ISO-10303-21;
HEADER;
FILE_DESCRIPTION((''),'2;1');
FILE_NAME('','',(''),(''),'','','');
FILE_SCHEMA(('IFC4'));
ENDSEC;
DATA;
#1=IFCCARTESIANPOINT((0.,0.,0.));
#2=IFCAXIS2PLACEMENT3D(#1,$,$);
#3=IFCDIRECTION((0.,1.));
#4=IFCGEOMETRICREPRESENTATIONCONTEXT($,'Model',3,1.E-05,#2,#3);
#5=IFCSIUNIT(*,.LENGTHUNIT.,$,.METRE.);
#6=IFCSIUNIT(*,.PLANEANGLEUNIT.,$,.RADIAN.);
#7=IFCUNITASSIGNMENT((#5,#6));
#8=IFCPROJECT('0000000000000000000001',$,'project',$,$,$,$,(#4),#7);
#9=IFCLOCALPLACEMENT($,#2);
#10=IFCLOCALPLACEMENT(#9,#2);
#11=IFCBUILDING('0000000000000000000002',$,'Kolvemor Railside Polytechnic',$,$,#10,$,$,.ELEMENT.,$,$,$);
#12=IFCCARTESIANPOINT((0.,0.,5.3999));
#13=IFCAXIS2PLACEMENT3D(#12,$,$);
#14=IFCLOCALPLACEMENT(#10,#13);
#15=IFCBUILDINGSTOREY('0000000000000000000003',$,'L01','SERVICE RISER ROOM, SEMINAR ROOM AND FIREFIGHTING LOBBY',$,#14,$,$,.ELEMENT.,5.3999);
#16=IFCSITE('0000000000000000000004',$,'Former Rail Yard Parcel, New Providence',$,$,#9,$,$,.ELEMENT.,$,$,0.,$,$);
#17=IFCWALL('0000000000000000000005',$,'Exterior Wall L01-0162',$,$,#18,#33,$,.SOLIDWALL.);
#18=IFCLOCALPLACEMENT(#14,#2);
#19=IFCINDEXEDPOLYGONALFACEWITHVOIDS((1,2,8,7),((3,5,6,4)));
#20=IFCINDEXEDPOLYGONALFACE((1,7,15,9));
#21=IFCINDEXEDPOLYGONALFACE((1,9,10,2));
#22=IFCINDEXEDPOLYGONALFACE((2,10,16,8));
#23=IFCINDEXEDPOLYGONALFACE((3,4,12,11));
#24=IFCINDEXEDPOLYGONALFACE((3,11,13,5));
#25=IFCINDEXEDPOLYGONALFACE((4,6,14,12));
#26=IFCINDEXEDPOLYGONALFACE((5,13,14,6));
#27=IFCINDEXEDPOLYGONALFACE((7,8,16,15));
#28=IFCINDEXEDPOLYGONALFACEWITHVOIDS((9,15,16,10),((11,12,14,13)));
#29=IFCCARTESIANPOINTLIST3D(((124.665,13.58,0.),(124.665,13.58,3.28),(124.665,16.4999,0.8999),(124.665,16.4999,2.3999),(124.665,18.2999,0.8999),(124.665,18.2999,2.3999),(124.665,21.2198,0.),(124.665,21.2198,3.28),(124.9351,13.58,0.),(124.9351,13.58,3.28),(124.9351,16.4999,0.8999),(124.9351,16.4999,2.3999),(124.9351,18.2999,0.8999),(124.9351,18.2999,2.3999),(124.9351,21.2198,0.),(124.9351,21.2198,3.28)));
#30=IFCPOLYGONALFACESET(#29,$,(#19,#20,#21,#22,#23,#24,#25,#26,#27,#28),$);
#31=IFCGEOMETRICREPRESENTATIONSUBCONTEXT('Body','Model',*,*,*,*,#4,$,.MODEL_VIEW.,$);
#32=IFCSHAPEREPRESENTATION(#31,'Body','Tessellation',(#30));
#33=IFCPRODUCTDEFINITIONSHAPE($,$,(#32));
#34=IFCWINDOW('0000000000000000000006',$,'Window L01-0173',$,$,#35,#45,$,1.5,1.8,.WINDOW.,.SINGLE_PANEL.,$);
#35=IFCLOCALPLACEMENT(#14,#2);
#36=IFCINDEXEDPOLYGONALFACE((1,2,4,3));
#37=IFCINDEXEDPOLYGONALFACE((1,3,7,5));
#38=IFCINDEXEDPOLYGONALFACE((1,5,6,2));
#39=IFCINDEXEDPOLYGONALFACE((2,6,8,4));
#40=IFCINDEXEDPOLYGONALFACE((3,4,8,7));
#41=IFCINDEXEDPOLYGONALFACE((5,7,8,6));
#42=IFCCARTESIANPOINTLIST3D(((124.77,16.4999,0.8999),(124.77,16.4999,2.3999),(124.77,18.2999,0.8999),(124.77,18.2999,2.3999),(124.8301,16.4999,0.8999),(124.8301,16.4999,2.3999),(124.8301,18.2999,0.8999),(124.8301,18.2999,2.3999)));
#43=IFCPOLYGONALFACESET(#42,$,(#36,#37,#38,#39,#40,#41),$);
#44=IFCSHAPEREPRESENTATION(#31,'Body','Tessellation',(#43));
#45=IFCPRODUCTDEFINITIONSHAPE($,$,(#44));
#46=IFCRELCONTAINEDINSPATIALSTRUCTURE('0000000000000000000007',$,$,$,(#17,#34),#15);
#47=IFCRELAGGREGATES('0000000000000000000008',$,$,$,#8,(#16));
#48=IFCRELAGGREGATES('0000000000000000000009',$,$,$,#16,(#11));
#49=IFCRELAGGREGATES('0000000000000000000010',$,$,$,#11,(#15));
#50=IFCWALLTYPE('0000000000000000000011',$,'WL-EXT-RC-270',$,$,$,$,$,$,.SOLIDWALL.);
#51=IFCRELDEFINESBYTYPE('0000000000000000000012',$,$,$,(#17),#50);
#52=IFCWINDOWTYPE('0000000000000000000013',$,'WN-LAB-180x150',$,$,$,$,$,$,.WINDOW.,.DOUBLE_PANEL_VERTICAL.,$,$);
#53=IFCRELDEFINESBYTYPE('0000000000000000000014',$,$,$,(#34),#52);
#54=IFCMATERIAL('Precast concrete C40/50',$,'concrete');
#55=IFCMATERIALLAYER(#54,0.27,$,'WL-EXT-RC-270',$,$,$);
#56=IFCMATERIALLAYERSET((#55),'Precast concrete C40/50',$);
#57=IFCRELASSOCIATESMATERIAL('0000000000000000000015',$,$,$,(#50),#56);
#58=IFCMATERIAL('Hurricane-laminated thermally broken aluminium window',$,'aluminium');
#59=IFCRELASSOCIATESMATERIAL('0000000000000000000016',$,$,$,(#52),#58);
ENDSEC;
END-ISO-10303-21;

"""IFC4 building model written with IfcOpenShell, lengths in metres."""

from ifc_helpers import new_model, si_unit, direction, frame, frame_2d, origin, place, context, subcontext, project, spatial, rectangle, extrude, material, layer, layer_set, type_object, element, fill, save


model = new_model("IFC4")

# Units and contexts
model_context = context("Model", 3, precision=1e-05, world=origin(), true_north=direction((0.0, 1.0)))
body_context = subcontext(model_context, "Body", "Model", "MODEL_VIEW")
ifc_project = project(units=[si_unit("LENGTHUNIT", "METRE"), si_unit("PLANEANGLEUNIT", "RADIAN")], contexts=[model_context])

# Site, building, storey
site_placement = place(None, origin())
site = spatial("IfcSite", under=ifc_project, at=site_placement, Name="Former Rail Yard Parcel, New Providence", CompositionType="ELEMENT", RefElevation=0.0)
building_placement = place(site_placement, origin())
building = spatial("IfcBuilding", under=site, at=building_placement, Name="Kolvemor Railside Polytechnic", CompositionType="ELEMENT")
storey_placement = place(building_placement, frame((0.0, 0.0, 5.3999)))
storey = spatial("IfcBuildingStorey", under=building, at=storey_placement, Name="L01", Description="SERVICE RISER ROOM, SEMINAR ROOM AND FIREFIGHTING LOBBY", CompositionType="ELEMENT", Elevation=5.3999)

# Shared definitions
ifc_material_1 = material(Name="Precast concrete C40/50", Category="concrete")
ifc_layer_1 = layer(ifc_material_1, 0.27, Name="WL-EXT-RC-270")
ifc_layer_set_1 = layer_set([ifc_layer_1], Name="Precast concrete C40/50")
wall_type = type_object("IfcWallType", Name="WL-EXT-RC-270", PredefinedType="SOLIDWALL", material=ifc_layer_set_1)

# Wall, opening, window
wall_1_placement = place(storey_placement, frame((124.8, 13.5801, 0.0), z_axis=(0.0, 0.0, 1.0), x_axis=(0.0, 1.0, 0.0)))
wall_1 = element("IfcWall", 1, at=wall_1_placement, inside=storey, type_object=wall_type, Name="Exterior Wall L01-0162", PredefinedType="SOLIDWALL", context=body_context, shape_type="SweptSolid", body=[
    extrude(rectangle(XDim=7.6399, YDim=0.27, at=frame_2d((3.8198, 0.0))), origin(), (0.0, 0.0, 1.0), 3.28),
])
opening_1_placement = place(wall_1_placement, frame((2.9199, 0.0, 0.8999)))
opening_1 = element("IfcOpeningElement", 2, at=opening_1_placement, cuts=wall_1, PredefinedType="OPENING", context=body_context, shape_type="SweptSolid", body=[
    extrude(rectangle(XDim=1.8, YDim=1.5, at=frame_2d((0.8999, 0.75))), frame((0.0, 0.145, 0.0), z_axis=(0.0, -1.0, 0.0), x_axis=(1.0, 0.0, 0.0)), (0.0, 0.0, 1.0), 0.29),
])
ifc_material_2 = material(Name="Hurricane-laminated thermally broken aluminium window", Category="aluminium")
window_type = type_object("IfcWindowType", Name="WN-LAB-180x150", PartitioningType="DOUBLE_PANEL_VERTICAL", PredefinedType="WINDOW", material=ifc_material_2)
window_placement = place(opening_1_placement, origin())
window = element("IfcWindow", 3, at=window_placement, inside=storey, type_object=window_type, Name="Window L01-0173", OverallHeight=1.5, OverallWidth=1.8, PartitioningType="SINGLE_PANEL", PredefinedType="WINDOW", context=body_context, shape_type="SweptSolid", body=[
    extrude(rectangle(XDim=1.8, YDim=1.5, at=frame_2d((0.8999, 0.75))), frame((0.0, 0.03, 0.0), z_axis=(0.0, -1.0, 0.0), x_axis=(1.0, 0.0, 0.0)), (0.0, 0.0, 1.0), 0.0601),
])
fill(opening_1, window)

save(model, "model.ifc")
